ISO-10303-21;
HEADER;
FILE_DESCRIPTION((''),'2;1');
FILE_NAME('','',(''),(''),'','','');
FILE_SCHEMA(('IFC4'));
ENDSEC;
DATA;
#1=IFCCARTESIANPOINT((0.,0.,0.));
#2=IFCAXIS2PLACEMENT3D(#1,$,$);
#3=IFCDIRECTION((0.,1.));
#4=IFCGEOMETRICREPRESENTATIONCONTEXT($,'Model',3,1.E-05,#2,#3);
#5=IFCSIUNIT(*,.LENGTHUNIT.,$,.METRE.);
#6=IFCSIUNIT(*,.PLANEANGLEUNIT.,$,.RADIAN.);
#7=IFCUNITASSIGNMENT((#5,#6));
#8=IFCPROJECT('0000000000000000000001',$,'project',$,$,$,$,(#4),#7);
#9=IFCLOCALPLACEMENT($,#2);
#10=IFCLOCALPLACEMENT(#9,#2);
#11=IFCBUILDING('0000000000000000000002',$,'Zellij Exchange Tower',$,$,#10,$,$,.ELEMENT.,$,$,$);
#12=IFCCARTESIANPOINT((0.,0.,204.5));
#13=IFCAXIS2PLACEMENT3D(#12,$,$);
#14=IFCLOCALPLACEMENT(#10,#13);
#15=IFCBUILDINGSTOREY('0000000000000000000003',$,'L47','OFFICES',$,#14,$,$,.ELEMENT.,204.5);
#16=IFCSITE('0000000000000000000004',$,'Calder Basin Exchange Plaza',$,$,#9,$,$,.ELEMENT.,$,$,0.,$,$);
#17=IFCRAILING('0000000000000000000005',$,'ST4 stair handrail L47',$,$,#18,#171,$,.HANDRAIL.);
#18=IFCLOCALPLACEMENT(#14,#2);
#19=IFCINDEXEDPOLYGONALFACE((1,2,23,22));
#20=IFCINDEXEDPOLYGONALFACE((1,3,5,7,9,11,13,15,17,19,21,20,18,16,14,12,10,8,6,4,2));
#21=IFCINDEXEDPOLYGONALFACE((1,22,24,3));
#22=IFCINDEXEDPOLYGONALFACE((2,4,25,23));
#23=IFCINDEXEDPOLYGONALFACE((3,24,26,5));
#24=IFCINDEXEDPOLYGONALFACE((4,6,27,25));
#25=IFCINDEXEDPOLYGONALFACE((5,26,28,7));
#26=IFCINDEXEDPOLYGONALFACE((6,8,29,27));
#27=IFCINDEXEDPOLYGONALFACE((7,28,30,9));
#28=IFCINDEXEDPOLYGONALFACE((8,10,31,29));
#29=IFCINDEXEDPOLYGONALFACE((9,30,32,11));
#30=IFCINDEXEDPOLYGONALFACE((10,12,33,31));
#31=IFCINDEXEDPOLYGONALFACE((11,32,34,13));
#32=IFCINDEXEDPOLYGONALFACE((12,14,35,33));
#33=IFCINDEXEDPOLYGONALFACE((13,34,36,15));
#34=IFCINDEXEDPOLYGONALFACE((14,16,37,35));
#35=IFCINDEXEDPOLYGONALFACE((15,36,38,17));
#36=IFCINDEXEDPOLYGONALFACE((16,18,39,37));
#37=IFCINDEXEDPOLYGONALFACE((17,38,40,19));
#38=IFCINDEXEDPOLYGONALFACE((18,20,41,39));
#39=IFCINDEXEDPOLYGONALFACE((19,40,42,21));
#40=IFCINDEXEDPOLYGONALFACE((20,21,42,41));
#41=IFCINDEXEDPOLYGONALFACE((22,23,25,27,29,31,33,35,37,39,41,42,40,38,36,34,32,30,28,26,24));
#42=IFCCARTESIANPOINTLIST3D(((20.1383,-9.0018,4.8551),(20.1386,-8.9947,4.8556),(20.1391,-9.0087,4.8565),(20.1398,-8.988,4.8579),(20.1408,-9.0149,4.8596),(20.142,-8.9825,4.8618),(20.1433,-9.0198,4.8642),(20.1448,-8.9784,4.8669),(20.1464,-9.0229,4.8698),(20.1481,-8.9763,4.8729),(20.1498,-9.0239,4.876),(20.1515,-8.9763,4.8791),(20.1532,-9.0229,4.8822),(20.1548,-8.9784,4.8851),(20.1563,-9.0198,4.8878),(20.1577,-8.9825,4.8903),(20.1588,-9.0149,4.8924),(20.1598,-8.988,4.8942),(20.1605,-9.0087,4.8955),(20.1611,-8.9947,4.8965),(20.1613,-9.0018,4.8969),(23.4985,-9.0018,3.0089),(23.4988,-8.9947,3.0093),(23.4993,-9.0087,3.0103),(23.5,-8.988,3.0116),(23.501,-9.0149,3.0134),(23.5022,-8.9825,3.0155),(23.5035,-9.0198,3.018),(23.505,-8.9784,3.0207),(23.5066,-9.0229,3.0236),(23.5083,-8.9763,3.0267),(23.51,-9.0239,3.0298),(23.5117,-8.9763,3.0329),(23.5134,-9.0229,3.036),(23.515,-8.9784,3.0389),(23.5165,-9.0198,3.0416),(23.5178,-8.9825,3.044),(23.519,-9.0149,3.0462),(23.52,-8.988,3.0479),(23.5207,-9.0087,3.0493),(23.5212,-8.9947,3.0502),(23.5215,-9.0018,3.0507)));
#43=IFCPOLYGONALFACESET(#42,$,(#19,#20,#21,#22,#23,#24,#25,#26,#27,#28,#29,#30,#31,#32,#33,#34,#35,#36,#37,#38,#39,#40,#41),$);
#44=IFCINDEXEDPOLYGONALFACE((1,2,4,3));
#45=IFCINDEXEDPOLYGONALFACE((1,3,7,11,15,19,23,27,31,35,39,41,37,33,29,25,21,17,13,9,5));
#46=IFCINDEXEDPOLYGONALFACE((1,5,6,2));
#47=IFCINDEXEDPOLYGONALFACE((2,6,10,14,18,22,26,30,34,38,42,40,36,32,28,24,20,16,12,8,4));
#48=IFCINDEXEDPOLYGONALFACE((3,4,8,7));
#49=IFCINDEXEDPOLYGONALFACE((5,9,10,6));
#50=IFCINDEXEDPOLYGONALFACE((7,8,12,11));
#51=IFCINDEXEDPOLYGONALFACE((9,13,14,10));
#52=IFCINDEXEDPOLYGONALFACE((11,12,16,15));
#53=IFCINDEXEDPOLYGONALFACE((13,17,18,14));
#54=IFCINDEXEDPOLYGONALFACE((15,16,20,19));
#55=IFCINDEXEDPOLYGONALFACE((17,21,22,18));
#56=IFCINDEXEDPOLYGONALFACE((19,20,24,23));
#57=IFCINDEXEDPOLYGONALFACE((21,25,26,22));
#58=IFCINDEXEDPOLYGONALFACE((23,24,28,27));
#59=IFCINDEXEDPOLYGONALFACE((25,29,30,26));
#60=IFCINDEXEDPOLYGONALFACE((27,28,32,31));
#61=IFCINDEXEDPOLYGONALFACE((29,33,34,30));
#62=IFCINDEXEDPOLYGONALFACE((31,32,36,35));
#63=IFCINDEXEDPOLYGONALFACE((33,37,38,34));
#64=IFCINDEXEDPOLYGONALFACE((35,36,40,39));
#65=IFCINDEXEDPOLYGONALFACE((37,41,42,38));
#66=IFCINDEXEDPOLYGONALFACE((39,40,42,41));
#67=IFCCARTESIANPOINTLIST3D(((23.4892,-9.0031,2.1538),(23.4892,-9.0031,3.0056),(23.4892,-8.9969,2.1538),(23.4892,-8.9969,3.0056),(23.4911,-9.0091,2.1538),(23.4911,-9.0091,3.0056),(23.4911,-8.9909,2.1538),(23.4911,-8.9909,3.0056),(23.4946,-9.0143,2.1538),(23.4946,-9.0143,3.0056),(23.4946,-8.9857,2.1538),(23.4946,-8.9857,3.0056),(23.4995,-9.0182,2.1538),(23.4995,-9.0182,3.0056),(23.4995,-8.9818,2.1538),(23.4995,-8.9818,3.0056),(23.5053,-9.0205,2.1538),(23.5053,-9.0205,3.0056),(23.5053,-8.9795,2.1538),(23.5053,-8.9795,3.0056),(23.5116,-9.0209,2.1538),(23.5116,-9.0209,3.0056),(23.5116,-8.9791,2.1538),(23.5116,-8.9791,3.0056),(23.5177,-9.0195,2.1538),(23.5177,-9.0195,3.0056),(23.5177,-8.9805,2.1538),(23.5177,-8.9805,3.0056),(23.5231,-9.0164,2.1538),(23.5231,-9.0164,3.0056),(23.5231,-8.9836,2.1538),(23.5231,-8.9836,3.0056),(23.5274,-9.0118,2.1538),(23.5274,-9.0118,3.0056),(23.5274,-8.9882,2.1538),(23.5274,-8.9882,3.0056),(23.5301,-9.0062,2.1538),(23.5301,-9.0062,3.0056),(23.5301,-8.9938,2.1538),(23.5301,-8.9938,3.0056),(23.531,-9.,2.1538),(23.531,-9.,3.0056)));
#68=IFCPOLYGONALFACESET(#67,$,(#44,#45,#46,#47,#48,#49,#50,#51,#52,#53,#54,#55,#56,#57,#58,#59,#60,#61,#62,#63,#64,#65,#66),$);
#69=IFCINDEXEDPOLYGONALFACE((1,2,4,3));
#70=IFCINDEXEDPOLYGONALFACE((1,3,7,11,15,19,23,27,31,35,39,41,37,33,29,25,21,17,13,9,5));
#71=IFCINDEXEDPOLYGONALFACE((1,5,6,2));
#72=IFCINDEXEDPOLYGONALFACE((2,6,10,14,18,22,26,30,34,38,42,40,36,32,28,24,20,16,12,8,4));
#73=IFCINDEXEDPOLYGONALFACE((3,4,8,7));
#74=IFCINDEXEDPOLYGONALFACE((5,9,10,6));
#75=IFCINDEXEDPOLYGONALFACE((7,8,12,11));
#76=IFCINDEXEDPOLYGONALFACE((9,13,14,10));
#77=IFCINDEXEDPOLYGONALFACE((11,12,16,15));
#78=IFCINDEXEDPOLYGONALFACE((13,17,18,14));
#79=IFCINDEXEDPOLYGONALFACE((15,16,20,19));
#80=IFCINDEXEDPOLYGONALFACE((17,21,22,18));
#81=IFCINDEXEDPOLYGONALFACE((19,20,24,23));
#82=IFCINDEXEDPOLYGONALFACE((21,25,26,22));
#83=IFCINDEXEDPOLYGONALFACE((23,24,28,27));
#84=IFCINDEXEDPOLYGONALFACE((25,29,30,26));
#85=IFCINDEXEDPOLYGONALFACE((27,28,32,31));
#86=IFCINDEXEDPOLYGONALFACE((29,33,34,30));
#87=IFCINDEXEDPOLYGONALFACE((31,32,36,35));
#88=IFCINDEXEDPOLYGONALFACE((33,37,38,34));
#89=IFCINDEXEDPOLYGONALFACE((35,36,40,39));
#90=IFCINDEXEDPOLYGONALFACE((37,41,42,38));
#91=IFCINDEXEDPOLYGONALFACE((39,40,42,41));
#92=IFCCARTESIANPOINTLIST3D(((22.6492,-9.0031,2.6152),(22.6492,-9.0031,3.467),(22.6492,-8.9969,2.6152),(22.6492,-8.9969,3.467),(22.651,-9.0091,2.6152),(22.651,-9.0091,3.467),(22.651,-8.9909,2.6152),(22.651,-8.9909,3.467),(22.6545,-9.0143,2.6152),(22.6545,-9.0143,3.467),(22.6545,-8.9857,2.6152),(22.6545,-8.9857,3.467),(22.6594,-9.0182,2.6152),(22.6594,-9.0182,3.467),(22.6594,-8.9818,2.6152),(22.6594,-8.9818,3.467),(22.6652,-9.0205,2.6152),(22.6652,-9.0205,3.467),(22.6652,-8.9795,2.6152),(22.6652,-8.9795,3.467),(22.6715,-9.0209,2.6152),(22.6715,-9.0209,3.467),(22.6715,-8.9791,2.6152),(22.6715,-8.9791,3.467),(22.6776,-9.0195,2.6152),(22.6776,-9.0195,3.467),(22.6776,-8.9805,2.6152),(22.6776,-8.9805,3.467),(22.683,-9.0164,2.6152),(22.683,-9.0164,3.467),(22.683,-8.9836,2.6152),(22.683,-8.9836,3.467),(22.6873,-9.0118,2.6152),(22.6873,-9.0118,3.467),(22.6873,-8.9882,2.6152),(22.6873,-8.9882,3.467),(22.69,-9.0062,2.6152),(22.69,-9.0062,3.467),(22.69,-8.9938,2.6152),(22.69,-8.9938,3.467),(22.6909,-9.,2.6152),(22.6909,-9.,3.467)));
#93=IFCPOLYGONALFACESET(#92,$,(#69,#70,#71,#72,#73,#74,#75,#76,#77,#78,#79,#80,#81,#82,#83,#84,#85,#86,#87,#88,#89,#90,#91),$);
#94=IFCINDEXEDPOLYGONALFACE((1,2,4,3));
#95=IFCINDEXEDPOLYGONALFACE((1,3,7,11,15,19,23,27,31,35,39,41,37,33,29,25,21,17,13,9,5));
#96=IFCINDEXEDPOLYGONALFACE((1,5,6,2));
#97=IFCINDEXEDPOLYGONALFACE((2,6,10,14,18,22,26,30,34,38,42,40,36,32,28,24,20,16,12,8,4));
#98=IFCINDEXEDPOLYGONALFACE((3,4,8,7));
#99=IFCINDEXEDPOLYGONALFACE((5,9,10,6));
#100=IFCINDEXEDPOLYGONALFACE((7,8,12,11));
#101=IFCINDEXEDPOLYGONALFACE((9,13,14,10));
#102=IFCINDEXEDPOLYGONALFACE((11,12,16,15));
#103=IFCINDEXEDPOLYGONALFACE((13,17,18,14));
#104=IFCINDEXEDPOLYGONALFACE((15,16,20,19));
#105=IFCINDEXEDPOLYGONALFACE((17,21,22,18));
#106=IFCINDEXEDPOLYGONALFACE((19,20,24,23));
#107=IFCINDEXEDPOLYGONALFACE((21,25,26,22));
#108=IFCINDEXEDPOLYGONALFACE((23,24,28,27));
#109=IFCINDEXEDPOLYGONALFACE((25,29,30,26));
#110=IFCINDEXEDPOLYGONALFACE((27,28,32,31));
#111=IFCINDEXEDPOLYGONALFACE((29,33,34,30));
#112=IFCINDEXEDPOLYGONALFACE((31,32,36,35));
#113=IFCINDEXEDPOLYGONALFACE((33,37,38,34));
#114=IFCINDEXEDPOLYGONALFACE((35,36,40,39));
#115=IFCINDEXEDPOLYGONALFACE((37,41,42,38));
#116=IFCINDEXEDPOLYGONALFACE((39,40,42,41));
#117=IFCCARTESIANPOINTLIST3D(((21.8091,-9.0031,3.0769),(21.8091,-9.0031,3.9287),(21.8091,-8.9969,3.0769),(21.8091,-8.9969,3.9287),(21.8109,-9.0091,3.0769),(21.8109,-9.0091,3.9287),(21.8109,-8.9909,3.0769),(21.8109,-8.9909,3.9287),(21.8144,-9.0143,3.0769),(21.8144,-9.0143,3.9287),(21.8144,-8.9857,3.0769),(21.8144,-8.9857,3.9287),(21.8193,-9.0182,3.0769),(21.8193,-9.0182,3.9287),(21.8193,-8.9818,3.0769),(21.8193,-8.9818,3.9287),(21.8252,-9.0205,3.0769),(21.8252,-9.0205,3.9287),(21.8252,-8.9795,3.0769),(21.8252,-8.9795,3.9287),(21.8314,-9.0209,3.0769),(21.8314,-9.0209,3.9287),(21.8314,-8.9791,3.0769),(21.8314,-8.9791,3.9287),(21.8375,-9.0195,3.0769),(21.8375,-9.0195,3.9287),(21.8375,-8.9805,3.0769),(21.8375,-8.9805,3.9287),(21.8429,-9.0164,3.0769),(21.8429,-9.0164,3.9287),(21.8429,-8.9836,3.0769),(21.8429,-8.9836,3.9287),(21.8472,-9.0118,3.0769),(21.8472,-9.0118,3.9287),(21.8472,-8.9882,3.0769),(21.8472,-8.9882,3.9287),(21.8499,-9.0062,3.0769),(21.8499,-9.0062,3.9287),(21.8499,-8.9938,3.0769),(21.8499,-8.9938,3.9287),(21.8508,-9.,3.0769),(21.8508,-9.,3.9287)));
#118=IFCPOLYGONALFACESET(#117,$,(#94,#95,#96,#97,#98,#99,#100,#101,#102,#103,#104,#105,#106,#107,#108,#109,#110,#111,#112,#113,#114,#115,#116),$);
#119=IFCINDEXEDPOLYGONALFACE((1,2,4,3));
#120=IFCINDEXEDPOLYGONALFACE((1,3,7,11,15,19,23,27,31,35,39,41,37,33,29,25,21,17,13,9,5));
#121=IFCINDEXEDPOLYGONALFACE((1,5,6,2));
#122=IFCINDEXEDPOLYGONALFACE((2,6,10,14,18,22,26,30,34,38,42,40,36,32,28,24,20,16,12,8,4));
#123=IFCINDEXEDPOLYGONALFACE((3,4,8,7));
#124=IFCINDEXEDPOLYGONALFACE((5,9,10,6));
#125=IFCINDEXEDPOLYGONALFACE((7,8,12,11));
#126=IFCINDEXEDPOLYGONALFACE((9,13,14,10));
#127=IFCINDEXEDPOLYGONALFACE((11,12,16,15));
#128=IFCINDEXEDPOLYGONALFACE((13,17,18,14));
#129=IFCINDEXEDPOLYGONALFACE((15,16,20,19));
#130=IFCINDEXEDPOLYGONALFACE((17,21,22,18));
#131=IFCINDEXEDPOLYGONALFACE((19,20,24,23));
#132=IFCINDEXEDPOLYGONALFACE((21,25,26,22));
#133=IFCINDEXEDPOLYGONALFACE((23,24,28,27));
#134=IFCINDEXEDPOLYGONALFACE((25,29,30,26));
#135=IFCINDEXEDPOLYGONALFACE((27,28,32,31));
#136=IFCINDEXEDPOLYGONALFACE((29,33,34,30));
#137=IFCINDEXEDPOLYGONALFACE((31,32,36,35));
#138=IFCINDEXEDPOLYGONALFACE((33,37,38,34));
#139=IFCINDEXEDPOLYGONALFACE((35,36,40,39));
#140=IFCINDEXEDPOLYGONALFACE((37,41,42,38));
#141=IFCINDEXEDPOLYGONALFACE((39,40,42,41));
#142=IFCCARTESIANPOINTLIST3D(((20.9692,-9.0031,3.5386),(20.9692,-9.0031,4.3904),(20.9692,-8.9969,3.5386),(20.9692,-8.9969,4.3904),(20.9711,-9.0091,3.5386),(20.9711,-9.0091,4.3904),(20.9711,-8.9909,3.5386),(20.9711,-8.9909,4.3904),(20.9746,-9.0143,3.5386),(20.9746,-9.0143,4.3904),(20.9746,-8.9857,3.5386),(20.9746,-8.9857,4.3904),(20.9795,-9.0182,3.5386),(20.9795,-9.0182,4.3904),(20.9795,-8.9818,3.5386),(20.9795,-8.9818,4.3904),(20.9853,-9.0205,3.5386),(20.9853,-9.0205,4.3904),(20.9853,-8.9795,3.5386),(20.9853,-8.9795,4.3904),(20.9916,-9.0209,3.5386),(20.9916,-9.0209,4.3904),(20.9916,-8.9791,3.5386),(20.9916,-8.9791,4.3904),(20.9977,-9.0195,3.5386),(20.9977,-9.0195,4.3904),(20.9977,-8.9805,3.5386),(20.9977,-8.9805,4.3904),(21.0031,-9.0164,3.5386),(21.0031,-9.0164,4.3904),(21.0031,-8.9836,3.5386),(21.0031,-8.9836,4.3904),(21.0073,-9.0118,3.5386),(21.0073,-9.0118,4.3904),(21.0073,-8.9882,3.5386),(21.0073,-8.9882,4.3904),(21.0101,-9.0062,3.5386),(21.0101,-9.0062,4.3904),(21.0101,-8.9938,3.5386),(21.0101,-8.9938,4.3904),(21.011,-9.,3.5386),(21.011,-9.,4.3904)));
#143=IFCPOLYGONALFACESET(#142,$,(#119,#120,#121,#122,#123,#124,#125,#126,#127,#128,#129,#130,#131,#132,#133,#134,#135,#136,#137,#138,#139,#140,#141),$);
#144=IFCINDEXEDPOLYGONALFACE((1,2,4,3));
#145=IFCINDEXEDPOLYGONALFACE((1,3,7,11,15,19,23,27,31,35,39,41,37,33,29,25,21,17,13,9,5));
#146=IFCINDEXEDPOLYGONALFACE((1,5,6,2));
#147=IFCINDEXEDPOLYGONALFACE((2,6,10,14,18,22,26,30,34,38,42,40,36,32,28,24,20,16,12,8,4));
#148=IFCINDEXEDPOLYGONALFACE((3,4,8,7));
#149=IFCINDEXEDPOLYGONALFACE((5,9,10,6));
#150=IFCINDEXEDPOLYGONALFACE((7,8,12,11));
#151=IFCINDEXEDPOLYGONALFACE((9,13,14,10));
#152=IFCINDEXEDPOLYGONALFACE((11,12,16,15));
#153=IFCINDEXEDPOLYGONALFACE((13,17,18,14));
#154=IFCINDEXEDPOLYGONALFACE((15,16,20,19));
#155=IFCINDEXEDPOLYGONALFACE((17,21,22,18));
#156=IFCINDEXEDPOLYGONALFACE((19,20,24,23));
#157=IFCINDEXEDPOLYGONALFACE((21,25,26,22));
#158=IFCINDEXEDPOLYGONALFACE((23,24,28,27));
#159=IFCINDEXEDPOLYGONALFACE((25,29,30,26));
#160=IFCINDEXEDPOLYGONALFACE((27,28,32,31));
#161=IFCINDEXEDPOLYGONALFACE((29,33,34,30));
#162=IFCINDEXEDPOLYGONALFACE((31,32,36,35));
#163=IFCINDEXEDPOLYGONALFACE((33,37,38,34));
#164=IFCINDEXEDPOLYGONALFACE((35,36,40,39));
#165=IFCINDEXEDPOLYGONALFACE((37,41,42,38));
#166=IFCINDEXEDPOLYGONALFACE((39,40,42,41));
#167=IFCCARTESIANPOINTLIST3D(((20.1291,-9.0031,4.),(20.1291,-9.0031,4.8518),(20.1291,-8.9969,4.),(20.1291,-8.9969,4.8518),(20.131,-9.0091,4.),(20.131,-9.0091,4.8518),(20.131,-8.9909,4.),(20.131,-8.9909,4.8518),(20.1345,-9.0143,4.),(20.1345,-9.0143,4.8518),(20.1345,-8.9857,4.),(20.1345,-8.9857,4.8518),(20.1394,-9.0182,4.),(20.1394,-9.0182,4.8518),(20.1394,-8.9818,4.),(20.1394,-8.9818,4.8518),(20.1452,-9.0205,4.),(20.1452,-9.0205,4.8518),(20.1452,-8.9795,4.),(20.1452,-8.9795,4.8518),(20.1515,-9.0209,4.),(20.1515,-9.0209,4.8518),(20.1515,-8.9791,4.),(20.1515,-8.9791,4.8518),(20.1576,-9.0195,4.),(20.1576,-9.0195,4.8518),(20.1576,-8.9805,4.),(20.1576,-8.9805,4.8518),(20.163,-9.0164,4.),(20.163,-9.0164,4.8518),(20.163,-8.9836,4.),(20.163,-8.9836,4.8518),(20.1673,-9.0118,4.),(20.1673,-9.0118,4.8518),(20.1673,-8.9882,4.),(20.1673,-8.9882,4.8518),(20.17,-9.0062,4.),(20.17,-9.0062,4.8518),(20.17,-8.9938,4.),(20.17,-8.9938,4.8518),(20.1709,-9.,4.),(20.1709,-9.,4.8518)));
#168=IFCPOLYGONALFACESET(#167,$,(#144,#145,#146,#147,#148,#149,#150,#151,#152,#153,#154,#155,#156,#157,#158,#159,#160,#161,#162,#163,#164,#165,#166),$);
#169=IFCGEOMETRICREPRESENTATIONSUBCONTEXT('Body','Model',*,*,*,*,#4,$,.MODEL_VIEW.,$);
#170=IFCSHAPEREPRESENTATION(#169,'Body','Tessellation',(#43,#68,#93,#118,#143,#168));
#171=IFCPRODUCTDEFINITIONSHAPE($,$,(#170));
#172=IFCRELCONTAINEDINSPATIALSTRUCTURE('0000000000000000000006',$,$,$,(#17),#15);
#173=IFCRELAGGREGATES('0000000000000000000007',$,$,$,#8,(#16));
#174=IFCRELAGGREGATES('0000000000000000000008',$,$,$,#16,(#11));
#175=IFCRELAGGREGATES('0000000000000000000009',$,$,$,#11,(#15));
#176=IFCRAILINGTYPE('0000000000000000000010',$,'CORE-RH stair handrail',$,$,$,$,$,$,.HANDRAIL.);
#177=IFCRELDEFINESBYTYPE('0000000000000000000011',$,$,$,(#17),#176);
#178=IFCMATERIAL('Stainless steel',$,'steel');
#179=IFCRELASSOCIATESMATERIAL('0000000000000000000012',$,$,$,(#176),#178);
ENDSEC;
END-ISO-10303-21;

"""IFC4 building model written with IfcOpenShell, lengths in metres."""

from ifc_helpers import new_model, si_unit, direction, frame, origin, origin_2d, place, context, subcontext, project, spatial, circle, extrude, material, type_object, element, save


model = new_model("IFC4")

# Units and contexts
model_context = context("Model", 3, precision=1e-05, world=origin(), true_north=direction((0.0, 1.0)))
body_context = subcontext(model_context, "Body", "Model", "MODEL_VIEW")
ifc_project = project(units=[si_unit("LENGTHUNIT", "METRE"), si_unit("PLANEANGLEUNIT", "RADIAN")], contexts=[model_context])

# Site, building, storey
site_placement = place(None, origin())
site = spatial("IfcSite", under=ifc_project, at=site_placement, Name="Calder Basin Exchange Plaza", CompositionType="ELEMENT", RefElevation=0.0)
building_placement = place(site_placement, origin())
building = spatial("IfcBuilding", under=site, at=building_placement, Name="Zellij Exchange Tower", CompositionType="ELEMENT")
storey_placement = place(building_placement, frame((0.0, 0.0, 204.5)))
storey = spatial("IfcBuildingStorey", under=building, at=storey_placement, Name="L47", Description="OFFICES", CompositionType="ELEMENT", Elevation=204.5)

# Railing
ifc_material_1 = material(Name="Stainless steel", Category="steel")
railing_type_1 = type_object("IfcRailingType", Name="CORE-RH stair handrail", PredefinedType="HANDRAIL", material=ifc_material_1)
railing_1_placement = place(storey_placement, frame((23.51, -9.0, 2.1538)))
element("IfcRailing", 1, at=railing_1_placement, inside=storey, type_object=railing_type_1, Name="ST4 stair handrail L47", PredefinedType="HANDRAIL", context=body_context, shape_type="SweptSolid", body=[
    extrude(circle(Radius=0.0239, at=origin_2d()), frame((0.0, 0.0, 0.876), z_axis=(-0.876422, 0.0, 0.481545), x_axis=(0.0, -1.0, 0.0)), (0.0, 0.0, 1.0), 3.834),
    extrude(circle(Radius=0.021, at=origin_2d()), origin(), (0.0, 0.0, 1.0), 0.8518),
    extrude(circle(Radius=0.021, at=origin_2d()), frame((-0.8401, 0.0, 0.4614)), (0.0, 0.0, 1.0), 0.8518),
    extrude(circle(Radius=0.021, at=origin_2d()), frame((-1.6802, 0.0, 0.9231)), (0.0, 0.0, 1.0), 0.8518),
    extrude(circle(Radius=0.021, at=origin_2d()), frame((-2.52, 0.0, 1.3848)), (0.0, 0.0, 1.0), 0.8518),
    extrude(circle(Radius=0.021, at=origin_2d()), frame((-3.3601, 0.0, 1.8462)), (0.0, 0.0, 1.0), 0.8518),
])

save(model, "model.ifc")
